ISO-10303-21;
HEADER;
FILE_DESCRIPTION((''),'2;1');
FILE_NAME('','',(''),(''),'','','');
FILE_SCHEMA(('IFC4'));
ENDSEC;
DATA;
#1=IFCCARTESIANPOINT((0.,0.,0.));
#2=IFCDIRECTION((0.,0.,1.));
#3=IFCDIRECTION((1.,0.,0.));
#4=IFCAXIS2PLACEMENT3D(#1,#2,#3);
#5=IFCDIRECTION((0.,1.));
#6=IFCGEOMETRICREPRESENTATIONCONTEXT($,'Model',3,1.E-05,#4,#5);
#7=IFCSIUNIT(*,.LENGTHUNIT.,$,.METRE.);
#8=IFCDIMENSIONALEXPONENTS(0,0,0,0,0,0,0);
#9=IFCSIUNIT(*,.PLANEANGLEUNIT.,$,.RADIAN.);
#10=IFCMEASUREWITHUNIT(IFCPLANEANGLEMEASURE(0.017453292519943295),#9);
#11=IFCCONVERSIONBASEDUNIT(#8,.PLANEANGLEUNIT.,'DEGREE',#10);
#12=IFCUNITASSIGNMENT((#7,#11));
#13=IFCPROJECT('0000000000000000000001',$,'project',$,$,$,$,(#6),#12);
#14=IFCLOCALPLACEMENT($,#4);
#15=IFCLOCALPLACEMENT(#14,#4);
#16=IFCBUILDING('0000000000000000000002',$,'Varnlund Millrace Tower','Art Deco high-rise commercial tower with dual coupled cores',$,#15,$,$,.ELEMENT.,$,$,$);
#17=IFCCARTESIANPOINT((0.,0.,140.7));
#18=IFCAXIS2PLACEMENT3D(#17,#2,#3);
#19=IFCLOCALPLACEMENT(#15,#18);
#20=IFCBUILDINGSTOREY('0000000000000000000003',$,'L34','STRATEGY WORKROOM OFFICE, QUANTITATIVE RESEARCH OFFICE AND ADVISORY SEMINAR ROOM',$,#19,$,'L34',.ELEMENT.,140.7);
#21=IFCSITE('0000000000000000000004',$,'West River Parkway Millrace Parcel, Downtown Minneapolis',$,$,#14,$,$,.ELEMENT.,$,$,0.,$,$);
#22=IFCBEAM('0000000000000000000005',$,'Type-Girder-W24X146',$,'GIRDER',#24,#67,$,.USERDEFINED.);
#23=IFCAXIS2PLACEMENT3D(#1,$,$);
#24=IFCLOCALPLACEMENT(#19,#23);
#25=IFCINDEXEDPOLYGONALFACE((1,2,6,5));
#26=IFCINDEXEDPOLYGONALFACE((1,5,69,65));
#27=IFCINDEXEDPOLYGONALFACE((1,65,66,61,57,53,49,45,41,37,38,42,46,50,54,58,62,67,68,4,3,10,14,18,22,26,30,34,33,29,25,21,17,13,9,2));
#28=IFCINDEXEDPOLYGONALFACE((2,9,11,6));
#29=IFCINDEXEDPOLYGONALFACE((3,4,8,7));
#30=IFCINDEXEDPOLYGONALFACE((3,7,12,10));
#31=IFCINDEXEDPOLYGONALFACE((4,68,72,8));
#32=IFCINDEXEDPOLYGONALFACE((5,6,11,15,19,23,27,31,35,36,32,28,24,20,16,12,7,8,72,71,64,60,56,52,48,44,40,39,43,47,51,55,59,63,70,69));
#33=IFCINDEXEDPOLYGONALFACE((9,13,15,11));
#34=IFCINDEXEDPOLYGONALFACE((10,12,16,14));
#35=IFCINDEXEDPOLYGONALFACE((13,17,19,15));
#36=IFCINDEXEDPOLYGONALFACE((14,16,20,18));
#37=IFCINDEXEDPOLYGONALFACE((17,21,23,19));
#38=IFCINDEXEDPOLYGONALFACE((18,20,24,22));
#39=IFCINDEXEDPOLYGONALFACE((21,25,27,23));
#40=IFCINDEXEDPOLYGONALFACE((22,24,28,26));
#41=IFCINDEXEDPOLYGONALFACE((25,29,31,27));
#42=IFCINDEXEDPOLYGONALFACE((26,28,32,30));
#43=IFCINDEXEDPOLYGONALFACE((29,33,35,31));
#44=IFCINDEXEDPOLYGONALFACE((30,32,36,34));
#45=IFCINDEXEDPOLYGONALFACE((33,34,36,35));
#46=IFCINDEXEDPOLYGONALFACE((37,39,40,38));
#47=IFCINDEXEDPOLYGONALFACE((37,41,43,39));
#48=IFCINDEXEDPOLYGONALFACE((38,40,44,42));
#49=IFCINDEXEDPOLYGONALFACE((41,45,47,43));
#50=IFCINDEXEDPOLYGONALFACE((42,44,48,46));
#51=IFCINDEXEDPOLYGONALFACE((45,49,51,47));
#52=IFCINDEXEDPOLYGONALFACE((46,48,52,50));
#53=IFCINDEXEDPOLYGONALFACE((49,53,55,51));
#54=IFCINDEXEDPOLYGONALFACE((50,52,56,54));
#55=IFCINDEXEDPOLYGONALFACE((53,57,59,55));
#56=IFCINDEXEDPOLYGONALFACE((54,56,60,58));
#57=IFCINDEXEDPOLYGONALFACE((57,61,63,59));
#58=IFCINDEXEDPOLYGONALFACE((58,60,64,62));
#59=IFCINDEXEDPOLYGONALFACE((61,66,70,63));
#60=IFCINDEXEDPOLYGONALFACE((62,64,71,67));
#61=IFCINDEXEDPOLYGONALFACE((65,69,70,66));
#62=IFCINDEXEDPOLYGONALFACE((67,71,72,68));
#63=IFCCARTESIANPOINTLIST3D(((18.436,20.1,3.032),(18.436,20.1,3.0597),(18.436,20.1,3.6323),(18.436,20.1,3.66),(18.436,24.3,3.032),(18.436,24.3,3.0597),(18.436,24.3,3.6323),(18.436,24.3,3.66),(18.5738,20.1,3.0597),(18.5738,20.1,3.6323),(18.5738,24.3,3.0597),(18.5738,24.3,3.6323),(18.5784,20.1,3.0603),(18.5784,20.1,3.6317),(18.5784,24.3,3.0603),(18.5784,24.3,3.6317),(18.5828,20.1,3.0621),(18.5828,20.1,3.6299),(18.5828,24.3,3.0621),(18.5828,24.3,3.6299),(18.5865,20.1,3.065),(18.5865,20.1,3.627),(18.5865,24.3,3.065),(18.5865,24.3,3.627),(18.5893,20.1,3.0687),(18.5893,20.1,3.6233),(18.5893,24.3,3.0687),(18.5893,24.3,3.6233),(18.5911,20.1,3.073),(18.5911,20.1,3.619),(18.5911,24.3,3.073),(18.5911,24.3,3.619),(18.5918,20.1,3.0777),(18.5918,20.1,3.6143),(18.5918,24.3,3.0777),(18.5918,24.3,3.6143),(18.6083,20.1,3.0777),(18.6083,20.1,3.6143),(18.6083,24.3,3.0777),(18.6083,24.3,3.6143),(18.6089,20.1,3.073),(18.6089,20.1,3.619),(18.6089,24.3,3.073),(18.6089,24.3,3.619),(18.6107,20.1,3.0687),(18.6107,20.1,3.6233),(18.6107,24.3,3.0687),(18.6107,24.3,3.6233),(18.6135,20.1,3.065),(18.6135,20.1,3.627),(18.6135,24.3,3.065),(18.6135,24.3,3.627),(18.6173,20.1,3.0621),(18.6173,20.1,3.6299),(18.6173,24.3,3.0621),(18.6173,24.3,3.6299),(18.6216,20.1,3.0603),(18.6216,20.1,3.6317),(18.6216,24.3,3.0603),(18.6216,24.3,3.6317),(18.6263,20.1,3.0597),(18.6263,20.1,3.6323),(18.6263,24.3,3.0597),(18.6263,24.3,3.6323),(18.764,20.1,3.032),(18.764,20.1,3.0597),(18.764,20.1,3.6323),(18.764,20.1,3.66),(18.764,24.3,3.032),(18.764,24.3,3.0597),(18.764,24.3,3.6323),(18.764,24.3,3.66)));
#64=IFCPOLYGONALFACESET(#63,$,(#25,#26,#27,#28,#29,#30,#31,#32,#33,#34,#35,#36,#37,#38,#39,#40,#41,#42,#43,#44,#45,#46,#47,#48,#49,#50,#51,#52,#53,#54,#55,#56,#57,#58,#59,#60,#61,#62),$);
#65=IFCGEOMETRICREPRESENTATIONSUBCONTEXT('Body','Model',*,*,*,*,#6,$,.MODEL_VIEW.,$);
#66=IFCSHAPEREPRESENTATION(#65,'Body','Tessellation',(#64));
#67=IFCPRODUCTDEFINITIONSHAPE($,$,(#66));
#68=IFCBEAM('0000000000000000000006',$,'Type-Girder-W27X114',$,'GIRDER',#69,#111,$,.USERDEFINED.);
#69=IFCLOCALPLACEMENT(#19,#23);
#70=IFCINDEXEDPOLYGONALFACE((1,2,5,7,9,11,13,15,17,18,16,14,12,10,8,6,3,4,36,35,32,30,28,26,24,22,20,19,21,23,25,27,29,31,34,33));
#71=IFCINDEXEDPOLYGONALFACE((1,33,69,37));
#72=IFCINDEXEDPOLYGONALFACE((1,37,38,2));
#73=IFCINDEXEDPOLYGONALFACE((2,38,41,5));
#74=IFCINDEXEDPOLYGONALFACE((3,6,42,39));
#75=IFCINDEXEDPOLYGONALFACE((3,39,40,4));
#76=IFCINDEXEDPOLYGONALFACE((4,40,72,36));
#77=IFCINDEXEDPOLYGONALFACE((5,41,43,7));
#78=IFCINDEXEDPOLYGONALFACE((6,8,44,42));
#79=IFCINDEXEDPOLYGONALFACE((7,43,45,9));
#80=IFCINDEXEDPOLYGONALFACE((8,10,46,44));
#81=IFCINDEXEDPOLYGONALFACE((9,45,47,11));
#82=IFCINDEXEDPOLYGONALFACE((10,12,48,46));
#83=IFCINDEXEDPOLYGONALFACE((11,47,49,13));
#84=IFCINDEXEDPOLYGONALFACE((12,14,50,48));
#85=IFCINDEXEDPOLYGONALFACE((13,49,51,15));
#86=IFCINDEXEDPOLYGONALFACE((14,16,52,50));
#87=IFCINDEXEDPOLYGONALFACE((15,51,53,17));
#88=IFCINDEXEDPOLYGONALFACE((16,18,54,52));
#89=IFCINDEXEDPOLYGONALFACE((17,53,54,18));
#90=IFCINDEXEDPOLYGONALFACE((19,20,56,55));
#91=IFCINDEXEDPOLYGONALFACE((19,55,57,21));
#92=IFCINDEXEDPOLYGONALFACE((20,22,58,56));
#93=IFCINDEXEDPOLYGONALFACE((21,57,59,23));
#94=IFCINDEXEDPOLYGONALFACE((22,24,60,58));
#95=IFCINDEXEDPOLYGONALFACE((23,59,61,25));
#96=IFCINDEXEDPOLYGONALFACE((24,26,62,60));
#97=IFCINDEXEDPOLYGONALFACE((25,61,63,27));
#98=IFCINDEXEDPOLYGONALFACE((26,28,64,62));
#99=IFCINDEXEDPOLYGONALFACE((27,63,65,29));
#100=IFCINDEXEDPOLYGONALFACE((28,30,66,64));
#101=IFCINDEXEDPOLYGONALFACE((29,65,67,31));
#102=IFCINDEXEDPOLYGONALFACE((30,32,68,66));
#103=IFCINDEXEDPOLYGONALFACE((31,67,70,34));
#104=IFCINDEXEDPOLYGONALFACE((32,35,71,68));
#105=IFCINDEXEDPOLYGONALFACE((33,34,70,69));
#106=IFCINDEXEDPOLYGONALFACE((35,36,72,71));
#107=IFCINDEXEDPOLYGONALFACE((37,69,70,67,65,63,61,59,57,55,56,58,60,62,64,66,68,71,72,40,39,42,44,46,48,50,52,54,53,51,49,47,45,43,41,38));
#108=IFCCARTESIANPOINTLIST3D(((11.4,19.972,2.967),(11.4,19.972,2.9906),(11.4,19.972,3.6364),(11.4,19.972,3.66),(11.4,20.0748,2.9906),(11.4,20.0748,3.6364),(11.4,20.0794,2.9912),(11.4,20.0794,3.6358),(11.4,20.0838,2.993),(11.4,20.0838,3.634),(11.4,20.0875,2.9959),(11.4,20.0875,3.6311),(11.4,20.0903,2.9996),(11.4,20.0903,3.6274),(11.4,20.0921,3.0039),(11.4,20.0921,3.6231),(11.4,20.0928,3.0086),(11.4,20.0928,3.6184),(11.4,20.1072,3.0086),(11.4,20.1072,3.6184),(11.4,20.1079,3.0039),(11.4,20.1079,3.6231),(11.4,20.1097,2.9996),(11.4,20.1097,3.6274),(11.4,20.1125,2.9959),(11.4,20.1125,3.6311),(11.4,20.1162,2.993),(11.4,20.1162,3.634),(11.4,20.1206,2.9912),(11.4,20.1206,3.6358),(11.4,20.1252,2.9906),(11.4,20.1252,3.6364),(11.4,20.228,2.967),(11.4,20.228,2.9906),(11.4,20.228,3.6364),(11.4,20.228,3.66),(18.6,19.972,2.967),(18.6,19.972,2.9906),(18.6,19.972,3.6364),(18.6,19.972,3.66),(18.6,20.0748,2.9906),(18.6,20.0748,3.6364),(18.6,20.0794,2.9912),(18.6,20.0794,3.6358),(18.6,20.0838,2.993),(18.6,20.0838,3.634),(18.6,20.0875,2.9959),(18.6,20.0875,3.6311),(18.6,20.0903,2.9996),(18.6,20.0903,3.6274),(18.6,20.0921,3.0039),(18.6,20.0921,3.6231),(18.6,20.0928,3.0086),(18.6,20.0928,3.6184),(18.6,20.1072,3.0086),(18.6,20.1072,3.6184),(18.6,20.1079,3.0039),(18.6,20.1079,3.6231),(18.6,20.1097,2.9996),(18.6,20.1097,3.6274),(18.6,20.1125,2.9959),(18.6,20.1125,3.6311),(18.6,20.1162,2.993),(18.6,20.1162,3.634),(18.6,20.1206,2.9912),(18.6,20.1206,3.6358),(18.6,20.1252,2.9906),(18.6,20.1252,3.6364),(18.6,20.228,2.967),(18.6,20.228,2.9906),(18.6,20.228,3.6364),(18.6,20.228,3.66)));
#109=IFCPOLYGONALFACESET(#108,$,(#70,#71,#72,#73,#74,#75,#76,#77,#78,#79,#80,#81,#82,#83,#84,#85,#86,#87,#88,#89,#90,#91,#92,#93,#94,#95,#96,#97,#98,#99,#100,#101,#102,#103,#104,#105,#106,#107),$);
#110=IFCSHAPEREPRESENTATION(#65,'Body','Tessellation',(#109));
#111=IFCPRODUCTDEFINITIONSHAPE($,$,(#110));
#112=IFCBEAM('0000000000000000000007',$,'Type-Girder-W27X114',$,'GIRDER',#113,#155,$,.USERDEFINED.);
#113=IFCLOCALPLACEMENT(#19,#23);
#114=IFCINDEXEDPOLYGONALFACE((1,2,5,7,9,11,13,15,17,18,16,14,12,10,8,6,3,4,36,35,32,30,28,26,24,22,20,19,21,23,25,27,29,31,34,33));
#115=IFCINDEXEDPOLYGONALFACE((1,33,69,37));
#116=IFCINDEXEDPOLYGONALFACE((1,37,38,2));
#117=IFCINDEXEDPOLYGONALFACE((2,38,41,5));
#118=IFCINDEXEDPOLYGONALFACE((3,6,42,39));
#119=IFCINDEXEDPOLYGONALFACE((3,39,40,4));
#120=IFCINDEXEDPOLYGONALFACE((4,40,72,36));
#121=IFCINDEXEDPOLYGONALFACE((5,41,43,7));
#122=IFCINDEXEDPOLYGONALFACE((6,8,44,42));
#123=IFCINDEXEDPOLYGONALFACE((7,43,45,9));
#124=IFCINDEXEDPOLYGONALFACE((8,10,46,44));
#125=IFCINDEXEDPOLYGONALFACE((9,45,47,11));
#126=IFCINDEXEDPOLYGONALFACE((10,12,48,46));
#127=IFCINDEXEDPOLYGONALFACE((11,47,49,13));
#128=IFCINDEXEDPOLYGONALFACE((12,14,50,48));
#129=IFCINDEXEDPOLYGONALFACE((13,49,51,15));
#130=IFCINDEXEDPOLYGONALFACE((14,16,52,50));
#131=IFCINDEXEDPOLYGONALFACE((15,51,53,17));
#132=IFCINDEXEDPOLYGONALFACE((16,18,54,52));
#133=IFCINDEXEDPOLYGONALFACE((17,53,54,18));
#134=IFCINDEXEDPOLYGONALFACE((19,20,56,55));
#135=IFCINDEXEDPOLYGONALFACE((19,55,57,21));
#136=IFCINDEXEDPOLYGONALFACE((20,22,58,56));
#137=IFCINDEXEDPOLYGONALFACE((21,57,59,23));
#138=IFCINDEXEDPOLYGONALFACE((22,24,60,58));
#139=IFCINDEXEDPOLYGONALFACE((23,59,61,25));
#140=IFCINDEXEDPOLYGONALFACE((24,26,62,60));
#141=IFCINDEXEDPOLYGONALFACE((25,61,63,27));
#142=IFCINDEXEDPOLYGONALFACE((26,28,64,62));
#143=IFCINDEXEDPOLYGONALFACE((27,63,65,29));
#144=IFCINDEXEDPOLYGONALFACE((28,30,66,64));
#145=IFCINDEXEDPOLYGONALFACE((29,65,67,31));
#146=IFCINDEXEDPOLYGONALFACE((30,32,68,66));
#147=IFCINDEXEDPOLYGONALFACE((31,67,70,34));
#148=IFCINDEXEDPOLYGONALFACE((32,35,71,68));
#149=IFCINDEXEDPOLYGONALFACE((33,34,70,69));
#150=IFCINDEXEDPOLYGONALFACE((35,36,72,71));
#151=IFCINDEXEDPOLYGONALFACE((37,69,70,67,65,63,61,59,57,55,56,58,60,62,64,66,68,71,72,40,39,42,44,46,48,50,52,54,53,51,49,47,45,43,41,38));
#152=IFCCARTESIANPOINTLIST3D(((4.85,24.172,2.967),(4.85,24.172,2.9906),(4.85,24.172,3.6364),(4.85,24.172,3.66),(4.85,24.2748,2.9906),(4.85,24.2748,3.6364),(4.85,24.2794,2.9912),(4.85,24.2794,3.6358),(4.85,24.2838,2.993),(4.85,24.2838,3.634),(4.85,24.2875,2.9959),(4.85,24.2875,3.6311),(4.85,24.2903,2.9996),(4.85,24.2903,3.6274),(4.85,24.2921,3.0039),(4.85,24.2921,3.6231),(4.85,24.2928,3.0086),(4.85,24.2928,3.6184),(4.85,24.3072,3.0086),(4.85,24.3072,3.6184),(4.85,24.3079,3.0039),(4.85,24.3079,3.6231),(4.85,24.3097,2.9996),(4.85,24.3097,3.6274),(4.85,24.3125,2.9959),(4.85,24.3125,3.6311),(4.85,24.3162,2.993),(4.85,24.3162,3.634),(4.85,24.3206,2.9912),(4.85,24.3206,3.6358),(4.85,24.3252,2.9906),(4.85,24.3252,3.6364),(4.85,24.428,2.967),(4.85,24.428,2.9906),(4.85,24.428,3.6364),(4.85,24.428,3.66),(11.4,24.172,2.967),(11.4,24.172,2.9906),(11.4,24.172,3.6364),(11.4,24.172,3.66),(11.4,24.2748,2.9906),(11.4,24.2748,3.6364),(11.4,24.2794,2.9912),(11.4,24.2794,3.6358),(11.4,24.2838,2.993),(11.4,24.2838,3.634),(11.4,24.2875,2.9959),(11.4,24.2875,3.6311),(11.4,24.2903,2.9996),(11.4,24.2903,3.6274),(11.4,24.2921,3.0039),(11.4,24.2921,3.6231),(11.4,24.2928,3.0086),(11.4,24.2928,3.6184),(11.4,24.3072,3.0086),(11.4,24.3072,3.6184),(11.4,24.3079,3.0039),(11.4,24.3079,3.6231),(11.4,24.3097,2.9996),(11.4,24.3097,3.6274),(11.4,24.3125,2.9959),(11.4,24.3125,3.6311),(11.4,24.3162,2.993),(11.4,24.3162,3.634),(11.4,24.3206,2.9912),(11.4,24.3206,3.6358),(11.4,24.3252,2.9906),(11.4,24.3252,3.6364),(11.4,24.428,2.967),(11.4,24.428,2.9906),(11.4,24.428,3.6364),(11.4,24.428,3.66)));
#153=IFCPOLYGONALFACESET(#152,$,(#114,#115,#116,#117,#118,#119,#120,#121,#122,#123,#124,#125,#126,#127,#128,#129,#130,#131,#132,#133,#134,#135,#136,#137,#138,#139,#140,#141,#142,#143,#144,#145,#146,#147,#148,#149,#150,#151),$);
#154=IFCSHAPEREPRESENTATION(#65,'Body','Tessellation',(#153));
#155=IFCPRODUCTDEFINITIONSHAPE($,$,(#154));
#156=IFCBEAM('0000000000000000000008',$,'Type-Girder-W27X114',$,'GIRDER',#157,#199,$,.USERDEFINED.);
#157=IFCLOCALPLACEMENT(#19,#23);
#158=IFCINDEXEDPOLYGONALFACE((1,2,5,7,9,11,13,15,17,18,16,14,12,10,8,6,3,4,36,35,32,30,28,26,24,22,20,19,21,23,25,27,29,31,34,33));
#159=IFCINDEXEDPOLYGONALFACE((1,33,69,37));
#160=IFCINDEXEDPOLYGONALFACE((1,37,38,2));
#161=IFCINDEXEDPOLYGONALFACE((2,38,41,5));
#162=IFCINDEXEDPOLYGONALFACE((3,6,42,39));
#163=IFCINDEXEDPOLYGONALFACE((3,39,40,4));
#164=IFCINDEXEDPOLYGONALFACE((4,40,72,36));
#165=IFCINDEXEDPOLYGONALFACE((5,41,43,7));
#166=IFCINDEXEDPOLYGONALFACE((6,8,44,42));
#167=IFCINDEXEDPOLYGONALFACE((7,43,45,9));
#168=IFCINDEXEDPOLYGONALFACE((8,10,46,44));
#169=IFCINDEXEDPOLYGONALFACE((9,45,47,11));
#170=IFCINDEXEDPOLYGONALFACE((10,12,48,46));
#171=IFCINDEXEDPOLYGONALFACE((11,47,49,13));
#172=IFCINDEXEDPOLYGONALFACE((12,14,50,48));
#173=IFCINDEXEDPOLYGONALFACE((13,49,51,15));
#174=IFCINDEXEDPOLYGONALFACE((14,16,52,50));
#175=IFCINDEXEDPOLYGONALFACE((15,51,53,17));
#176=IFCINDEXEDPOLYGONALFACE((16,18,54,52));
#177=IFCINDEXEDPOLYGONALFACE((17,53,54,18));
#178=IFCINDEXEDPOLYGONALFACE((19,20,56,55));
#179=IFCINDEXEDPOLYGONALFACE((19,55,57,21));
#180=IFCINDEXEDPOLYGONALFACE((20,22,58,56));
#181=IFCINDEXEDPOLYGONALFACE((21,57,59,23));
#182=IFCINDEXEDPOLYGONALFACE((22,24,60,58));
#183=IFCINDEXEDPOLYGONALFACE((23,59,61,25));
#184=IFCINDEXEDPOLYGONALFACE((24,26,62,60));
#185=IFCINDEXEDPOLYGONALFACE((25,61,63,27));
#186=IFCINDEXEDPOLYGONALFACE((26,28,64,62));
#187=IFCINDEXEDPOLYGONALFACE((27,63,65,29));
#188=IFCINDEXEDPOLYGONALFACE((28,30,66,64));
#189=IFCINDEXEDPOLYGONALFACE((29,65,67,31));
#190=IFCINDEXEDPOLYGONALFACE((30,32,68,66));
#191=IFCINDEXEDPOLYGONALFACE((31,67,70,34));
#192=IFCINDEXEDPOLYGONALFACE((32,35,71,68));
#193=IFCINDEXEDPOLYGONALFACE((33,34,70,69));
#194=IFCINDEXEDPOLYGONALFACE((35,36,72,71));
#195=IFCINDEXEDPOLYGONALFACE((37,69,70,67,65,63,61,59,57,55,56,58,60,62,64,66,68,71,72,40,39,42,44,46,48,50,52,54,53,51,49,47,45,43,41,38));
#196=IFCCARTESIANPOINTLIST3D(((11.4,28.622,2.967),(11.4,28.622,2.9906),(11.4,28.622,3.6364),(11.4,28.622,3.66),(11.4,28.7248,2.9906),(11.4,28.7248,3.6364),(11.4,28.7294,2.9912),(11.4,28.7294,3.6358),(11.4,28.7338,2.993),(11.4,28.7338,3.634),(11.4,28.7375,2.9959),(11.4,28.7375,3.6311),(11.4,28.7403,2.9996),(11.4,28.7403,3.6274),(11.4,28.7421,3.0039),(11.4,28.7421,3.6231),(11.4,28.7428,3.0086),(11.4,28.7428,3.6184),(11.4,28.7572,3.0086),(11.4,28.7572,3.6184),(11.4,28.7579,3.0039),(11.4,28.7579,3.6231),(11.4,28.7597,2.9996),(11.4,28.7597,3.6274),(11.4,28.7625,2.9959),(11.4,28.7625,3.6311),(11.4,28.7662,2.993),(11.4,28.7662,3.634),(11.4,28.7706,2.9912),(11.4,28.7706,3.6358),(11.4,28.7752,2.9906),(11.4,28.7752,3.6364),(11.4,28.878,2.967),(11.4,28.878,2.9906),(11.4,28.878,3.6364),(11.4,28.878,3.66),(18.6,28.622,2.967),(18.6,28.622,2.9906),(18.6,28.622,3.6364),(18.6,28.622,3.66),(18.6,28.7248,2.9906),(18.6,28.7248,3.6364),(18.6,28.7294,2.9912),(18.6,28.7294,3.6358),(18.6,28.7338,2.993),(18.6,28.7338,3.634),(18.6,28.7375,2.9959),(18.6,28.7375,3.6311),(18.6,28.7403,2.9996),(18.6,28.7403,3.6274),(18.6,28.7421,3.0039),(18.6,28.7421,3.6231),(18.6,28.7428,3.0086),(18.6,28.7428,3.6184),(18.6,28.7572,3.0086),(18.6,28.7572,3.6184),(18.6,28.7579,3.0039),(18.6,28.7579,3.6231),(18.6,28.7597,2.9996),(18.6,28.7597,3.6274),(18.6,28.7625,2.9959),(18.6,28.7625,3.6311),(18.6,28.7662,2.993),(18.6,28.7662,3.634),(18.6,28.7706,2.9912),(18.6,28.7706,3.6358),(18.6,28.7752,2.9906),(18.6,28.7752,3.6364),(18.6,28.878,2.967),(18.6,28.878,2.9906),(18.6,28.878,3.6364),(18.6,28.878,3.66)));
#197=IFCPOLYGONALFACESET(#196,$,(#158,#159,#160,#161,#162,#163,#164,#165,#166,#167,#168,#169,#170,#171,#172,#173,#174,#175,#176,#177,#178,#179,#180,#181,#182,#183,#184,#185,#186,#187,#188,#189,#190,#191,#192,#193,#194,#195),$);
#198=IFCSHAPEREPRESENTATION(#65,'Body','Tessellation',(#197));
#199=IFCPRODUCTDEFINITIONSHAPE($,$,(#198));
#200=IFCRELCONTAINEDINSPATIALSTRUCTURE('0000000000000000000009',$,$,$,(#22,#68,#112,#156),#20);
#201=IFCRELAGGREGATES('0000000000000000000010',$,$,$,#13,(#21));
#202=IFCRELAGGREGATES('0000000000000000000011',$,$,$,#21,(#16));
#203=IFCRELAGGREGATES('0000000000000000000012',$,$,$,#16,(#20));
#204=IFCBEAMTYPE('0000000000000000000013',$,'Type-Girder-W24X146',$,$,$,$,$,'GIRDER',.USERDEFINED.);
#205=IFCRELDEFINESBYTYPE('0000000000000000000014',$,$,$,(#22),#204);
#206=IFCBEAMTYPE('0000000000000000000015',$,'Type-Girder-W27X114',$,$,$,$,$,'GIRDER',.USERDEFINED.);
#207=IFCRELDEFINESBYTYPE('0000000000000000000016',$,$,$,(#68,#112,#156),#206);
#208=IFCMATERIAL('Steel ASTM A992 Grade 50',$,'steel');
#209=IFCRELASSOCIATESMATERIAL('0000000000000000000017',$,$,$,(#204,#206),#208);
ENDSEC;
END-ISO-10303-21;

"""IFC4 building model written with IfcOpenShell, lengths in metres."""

from ifc_helpers import new_model, entity, si_unit, converted_unit, direction, frame, origin_with_axes, origin_2d_with_axis, place, context, subcontext, project, spatial, i_section, extrude, material, material_profile, profile_set, type_object, element, save


model = new_model("IFC4")

# Units and contexts
model_context = context("Model", 3, precision=1e-05, world=origin_with_axes(), true_north=direction((0.0, 1.0)))
body_context = subcontext(model_context, "Body", "Model", "MODEL_VIEW")
ifc_project = project(units=[si_unit("LENGTHUNIT", "METRE"), converted_unit("PLANEANGLEUNIT", "DEGREE", entity("IfcPlaneAngleMeasure", 0.017453292519943295), si_unit("PLANEANGLEUNIT", "RADIAN"), dimensions=[0, 0, 0, 0, 0, 0, 0])], contexts=[model_context])

# Site, building, storey
site_placement = place(None, origin_with_axes())
site = spatial("IfcSite", under=ifc_project, at=site_placement, Name="West River Parkway Millrace Parcel, Downtown Minneapolis", CompositionType="ELEMENT", RefElevation=0.0)
building_placement = place(site_placement, origin_with_axes())
building = spatial("IfcBuilding", under=site, at=building_placement, Name="Varnlund Millrace Tower", Description="Art Deco high-rise commercial tower with dual coupled cores", CompositionType="ELEMENT")
storey_placement = place(building_placement, frame((0.0, 0.0, 140.7), z_axis=(0.0, 0.0, 1.0), x_axis=(1.0, 0.0, 0.0)))
storey = spatial("IfcBuildingStorey", under=building, at=storey_placement, Name="L34", Description="STRATEGY WORKROOM OFFICE, QUANTITATIVE RESEARCH OFFICE AND ADVISORY SEMINAR ROOM", LongName="L34", CompositionType="ELEMENT", Elevation=140.7)

# Beams
ifc_material_1 = material(Name="Steel ASTM A992 Grade 50", Category="steel")
ifc_material_profile_1 = material_profile(ifc_material_1, i_section(OverallWidth=0.328, OverallDepth=0.628, WebThickness=0.0165, FlangeThickness=0.0277, FilletRadius=0.018, at=origin_2d_with_axis()), Name="Steel ASTM A992 Grade 50")
ifc_profile_set_1 = profile_set([ifc_material_profile_1], Name="Steel ASTM A992 Grade 50")
beam_type_1 = type_object("IfcBeamType", Name="Type-Girder-W24X146", ElementType="GIRDER", PredefinedType="USERDEFINED", material=ifc_profile_set_1)
beam_1_placement = place(storey_placement, frame((18.6, 20.1, 3.346), z_axis=(0.0, 1.0, 0.0), x_axis=(-1.0, 0.0, 0.0)))
element("IfcBeam", 1, at=beam_1_placement, inside=storey, type_object=beam_type_1, Name="Type-Girder-W24X146", ObjectType="GIRDER", PredefinedType="USERDEFINED", context=body_context, shape_type="SweptSolid", body=[
    extrude(i_section(OverallWidth=0.328, OverallDepth=0.628, WebThickness=0.0165, FlangeThickness=0.0277, FilletRadius=0.018, at=origin_2d_with_axis()), origin_with_axes(), (0.0, 0.0, 1.0), 4.2),
])
ifc_material_profile_2 = material_profile(ifc_material_1, i_section(OverallWidth=0.256, OverallDepth=0.693, WebThickness=0.0145, FlangeThickness=0.0236, FilletRadius=0.018, at=origin_2d_with_axis()), Name="Steel ASTM A992 Grade 50")
ifc_profile_set_2 = profile_set([ifc_material_profile_2], Name="Steel ASTM A992 Grade 50")
beam_type_2 = type_object("IfcBeamType", Name="Type-Girder-W27X114", ElementType="GIRDER", PredefinedType="USERDEFINED", material=ifc_profile_set_2)
beam_2_placement = place(storey_placement, frame((11.4, 20.1, 3.3135), z_axis=(1.0, 0.0, 0.0), x_axis=(0.0, 1.0, 0.0)))
element("IfcBeam", 2, at=beam_2_placement, inside=storey, type_object=beam_type_2, Name="Type-Girder-W27X114", ObjectType="GIRDER", PredefinedType="USERDEFINED", context=body_context, shape_type="SweptSolid", body=[
    extrude(i_section(OverallWidth=0.256, OverallDepth=0.693, WebThickness=0.0145, FlangeThickness=0.0236, FilletRadius=0.018, at=origin_2d_with_axis()), origin_with_axes(), (0.0, 0.0, 1.0), 7.2),
])
beam_3_placement = place(storey_placement, frame((4.85, 24.3, 3.3135), z_axis=(1.0, 0.0, 0.0), x_axis=(0.0, 1.0, 0.0)))
element("IfcBeam", 3, at=beam_3_placement, inside=storey, type_object=beam_type_2, Name="Type-Girder-W27X114", ObjectType="GIRDER", PredefinedType="USERDEFINED", context=body_context, shape_type="SweptSolid", body=[
    extrude(i_section(OverallWidth=0.256, OverallDepth=0.693, WebThickness=0.0145, FlangeThickness=0.0236, FilletRadius=0.018, at=origin_2d_with_axis()), origin_with_axes(), (0.0, 0.0, 1.0), 6.55),
])
beam_4_placement = place(storey_placement, frame((11.4, 28.75, 3.3135), z_axis=(1.0, 0.0, 0.0), x_axis=(0.0, 1.0, 0.0)))
element("IfcBeam", 4, at=beam_4_placement, inside=storey, type_object=beam_type_2, Name="Type-Girder-W27X114", ObjectType="GIRDER", PredefinedType="USERDEFINED", context=body_context, shape_type="SweptSolid", body=[
    extrude(i_section(OverallWidth=0.256, OverallDepth=0.693, WebThickness=0.0145, FlangeThickness=0.0236, FilletRadius=0.018, at=origin_2d_with_axis()), origin_with_axes(), (0.0, 0.0, 1.0), 7.2),
])

save(model, "model.ifc")
